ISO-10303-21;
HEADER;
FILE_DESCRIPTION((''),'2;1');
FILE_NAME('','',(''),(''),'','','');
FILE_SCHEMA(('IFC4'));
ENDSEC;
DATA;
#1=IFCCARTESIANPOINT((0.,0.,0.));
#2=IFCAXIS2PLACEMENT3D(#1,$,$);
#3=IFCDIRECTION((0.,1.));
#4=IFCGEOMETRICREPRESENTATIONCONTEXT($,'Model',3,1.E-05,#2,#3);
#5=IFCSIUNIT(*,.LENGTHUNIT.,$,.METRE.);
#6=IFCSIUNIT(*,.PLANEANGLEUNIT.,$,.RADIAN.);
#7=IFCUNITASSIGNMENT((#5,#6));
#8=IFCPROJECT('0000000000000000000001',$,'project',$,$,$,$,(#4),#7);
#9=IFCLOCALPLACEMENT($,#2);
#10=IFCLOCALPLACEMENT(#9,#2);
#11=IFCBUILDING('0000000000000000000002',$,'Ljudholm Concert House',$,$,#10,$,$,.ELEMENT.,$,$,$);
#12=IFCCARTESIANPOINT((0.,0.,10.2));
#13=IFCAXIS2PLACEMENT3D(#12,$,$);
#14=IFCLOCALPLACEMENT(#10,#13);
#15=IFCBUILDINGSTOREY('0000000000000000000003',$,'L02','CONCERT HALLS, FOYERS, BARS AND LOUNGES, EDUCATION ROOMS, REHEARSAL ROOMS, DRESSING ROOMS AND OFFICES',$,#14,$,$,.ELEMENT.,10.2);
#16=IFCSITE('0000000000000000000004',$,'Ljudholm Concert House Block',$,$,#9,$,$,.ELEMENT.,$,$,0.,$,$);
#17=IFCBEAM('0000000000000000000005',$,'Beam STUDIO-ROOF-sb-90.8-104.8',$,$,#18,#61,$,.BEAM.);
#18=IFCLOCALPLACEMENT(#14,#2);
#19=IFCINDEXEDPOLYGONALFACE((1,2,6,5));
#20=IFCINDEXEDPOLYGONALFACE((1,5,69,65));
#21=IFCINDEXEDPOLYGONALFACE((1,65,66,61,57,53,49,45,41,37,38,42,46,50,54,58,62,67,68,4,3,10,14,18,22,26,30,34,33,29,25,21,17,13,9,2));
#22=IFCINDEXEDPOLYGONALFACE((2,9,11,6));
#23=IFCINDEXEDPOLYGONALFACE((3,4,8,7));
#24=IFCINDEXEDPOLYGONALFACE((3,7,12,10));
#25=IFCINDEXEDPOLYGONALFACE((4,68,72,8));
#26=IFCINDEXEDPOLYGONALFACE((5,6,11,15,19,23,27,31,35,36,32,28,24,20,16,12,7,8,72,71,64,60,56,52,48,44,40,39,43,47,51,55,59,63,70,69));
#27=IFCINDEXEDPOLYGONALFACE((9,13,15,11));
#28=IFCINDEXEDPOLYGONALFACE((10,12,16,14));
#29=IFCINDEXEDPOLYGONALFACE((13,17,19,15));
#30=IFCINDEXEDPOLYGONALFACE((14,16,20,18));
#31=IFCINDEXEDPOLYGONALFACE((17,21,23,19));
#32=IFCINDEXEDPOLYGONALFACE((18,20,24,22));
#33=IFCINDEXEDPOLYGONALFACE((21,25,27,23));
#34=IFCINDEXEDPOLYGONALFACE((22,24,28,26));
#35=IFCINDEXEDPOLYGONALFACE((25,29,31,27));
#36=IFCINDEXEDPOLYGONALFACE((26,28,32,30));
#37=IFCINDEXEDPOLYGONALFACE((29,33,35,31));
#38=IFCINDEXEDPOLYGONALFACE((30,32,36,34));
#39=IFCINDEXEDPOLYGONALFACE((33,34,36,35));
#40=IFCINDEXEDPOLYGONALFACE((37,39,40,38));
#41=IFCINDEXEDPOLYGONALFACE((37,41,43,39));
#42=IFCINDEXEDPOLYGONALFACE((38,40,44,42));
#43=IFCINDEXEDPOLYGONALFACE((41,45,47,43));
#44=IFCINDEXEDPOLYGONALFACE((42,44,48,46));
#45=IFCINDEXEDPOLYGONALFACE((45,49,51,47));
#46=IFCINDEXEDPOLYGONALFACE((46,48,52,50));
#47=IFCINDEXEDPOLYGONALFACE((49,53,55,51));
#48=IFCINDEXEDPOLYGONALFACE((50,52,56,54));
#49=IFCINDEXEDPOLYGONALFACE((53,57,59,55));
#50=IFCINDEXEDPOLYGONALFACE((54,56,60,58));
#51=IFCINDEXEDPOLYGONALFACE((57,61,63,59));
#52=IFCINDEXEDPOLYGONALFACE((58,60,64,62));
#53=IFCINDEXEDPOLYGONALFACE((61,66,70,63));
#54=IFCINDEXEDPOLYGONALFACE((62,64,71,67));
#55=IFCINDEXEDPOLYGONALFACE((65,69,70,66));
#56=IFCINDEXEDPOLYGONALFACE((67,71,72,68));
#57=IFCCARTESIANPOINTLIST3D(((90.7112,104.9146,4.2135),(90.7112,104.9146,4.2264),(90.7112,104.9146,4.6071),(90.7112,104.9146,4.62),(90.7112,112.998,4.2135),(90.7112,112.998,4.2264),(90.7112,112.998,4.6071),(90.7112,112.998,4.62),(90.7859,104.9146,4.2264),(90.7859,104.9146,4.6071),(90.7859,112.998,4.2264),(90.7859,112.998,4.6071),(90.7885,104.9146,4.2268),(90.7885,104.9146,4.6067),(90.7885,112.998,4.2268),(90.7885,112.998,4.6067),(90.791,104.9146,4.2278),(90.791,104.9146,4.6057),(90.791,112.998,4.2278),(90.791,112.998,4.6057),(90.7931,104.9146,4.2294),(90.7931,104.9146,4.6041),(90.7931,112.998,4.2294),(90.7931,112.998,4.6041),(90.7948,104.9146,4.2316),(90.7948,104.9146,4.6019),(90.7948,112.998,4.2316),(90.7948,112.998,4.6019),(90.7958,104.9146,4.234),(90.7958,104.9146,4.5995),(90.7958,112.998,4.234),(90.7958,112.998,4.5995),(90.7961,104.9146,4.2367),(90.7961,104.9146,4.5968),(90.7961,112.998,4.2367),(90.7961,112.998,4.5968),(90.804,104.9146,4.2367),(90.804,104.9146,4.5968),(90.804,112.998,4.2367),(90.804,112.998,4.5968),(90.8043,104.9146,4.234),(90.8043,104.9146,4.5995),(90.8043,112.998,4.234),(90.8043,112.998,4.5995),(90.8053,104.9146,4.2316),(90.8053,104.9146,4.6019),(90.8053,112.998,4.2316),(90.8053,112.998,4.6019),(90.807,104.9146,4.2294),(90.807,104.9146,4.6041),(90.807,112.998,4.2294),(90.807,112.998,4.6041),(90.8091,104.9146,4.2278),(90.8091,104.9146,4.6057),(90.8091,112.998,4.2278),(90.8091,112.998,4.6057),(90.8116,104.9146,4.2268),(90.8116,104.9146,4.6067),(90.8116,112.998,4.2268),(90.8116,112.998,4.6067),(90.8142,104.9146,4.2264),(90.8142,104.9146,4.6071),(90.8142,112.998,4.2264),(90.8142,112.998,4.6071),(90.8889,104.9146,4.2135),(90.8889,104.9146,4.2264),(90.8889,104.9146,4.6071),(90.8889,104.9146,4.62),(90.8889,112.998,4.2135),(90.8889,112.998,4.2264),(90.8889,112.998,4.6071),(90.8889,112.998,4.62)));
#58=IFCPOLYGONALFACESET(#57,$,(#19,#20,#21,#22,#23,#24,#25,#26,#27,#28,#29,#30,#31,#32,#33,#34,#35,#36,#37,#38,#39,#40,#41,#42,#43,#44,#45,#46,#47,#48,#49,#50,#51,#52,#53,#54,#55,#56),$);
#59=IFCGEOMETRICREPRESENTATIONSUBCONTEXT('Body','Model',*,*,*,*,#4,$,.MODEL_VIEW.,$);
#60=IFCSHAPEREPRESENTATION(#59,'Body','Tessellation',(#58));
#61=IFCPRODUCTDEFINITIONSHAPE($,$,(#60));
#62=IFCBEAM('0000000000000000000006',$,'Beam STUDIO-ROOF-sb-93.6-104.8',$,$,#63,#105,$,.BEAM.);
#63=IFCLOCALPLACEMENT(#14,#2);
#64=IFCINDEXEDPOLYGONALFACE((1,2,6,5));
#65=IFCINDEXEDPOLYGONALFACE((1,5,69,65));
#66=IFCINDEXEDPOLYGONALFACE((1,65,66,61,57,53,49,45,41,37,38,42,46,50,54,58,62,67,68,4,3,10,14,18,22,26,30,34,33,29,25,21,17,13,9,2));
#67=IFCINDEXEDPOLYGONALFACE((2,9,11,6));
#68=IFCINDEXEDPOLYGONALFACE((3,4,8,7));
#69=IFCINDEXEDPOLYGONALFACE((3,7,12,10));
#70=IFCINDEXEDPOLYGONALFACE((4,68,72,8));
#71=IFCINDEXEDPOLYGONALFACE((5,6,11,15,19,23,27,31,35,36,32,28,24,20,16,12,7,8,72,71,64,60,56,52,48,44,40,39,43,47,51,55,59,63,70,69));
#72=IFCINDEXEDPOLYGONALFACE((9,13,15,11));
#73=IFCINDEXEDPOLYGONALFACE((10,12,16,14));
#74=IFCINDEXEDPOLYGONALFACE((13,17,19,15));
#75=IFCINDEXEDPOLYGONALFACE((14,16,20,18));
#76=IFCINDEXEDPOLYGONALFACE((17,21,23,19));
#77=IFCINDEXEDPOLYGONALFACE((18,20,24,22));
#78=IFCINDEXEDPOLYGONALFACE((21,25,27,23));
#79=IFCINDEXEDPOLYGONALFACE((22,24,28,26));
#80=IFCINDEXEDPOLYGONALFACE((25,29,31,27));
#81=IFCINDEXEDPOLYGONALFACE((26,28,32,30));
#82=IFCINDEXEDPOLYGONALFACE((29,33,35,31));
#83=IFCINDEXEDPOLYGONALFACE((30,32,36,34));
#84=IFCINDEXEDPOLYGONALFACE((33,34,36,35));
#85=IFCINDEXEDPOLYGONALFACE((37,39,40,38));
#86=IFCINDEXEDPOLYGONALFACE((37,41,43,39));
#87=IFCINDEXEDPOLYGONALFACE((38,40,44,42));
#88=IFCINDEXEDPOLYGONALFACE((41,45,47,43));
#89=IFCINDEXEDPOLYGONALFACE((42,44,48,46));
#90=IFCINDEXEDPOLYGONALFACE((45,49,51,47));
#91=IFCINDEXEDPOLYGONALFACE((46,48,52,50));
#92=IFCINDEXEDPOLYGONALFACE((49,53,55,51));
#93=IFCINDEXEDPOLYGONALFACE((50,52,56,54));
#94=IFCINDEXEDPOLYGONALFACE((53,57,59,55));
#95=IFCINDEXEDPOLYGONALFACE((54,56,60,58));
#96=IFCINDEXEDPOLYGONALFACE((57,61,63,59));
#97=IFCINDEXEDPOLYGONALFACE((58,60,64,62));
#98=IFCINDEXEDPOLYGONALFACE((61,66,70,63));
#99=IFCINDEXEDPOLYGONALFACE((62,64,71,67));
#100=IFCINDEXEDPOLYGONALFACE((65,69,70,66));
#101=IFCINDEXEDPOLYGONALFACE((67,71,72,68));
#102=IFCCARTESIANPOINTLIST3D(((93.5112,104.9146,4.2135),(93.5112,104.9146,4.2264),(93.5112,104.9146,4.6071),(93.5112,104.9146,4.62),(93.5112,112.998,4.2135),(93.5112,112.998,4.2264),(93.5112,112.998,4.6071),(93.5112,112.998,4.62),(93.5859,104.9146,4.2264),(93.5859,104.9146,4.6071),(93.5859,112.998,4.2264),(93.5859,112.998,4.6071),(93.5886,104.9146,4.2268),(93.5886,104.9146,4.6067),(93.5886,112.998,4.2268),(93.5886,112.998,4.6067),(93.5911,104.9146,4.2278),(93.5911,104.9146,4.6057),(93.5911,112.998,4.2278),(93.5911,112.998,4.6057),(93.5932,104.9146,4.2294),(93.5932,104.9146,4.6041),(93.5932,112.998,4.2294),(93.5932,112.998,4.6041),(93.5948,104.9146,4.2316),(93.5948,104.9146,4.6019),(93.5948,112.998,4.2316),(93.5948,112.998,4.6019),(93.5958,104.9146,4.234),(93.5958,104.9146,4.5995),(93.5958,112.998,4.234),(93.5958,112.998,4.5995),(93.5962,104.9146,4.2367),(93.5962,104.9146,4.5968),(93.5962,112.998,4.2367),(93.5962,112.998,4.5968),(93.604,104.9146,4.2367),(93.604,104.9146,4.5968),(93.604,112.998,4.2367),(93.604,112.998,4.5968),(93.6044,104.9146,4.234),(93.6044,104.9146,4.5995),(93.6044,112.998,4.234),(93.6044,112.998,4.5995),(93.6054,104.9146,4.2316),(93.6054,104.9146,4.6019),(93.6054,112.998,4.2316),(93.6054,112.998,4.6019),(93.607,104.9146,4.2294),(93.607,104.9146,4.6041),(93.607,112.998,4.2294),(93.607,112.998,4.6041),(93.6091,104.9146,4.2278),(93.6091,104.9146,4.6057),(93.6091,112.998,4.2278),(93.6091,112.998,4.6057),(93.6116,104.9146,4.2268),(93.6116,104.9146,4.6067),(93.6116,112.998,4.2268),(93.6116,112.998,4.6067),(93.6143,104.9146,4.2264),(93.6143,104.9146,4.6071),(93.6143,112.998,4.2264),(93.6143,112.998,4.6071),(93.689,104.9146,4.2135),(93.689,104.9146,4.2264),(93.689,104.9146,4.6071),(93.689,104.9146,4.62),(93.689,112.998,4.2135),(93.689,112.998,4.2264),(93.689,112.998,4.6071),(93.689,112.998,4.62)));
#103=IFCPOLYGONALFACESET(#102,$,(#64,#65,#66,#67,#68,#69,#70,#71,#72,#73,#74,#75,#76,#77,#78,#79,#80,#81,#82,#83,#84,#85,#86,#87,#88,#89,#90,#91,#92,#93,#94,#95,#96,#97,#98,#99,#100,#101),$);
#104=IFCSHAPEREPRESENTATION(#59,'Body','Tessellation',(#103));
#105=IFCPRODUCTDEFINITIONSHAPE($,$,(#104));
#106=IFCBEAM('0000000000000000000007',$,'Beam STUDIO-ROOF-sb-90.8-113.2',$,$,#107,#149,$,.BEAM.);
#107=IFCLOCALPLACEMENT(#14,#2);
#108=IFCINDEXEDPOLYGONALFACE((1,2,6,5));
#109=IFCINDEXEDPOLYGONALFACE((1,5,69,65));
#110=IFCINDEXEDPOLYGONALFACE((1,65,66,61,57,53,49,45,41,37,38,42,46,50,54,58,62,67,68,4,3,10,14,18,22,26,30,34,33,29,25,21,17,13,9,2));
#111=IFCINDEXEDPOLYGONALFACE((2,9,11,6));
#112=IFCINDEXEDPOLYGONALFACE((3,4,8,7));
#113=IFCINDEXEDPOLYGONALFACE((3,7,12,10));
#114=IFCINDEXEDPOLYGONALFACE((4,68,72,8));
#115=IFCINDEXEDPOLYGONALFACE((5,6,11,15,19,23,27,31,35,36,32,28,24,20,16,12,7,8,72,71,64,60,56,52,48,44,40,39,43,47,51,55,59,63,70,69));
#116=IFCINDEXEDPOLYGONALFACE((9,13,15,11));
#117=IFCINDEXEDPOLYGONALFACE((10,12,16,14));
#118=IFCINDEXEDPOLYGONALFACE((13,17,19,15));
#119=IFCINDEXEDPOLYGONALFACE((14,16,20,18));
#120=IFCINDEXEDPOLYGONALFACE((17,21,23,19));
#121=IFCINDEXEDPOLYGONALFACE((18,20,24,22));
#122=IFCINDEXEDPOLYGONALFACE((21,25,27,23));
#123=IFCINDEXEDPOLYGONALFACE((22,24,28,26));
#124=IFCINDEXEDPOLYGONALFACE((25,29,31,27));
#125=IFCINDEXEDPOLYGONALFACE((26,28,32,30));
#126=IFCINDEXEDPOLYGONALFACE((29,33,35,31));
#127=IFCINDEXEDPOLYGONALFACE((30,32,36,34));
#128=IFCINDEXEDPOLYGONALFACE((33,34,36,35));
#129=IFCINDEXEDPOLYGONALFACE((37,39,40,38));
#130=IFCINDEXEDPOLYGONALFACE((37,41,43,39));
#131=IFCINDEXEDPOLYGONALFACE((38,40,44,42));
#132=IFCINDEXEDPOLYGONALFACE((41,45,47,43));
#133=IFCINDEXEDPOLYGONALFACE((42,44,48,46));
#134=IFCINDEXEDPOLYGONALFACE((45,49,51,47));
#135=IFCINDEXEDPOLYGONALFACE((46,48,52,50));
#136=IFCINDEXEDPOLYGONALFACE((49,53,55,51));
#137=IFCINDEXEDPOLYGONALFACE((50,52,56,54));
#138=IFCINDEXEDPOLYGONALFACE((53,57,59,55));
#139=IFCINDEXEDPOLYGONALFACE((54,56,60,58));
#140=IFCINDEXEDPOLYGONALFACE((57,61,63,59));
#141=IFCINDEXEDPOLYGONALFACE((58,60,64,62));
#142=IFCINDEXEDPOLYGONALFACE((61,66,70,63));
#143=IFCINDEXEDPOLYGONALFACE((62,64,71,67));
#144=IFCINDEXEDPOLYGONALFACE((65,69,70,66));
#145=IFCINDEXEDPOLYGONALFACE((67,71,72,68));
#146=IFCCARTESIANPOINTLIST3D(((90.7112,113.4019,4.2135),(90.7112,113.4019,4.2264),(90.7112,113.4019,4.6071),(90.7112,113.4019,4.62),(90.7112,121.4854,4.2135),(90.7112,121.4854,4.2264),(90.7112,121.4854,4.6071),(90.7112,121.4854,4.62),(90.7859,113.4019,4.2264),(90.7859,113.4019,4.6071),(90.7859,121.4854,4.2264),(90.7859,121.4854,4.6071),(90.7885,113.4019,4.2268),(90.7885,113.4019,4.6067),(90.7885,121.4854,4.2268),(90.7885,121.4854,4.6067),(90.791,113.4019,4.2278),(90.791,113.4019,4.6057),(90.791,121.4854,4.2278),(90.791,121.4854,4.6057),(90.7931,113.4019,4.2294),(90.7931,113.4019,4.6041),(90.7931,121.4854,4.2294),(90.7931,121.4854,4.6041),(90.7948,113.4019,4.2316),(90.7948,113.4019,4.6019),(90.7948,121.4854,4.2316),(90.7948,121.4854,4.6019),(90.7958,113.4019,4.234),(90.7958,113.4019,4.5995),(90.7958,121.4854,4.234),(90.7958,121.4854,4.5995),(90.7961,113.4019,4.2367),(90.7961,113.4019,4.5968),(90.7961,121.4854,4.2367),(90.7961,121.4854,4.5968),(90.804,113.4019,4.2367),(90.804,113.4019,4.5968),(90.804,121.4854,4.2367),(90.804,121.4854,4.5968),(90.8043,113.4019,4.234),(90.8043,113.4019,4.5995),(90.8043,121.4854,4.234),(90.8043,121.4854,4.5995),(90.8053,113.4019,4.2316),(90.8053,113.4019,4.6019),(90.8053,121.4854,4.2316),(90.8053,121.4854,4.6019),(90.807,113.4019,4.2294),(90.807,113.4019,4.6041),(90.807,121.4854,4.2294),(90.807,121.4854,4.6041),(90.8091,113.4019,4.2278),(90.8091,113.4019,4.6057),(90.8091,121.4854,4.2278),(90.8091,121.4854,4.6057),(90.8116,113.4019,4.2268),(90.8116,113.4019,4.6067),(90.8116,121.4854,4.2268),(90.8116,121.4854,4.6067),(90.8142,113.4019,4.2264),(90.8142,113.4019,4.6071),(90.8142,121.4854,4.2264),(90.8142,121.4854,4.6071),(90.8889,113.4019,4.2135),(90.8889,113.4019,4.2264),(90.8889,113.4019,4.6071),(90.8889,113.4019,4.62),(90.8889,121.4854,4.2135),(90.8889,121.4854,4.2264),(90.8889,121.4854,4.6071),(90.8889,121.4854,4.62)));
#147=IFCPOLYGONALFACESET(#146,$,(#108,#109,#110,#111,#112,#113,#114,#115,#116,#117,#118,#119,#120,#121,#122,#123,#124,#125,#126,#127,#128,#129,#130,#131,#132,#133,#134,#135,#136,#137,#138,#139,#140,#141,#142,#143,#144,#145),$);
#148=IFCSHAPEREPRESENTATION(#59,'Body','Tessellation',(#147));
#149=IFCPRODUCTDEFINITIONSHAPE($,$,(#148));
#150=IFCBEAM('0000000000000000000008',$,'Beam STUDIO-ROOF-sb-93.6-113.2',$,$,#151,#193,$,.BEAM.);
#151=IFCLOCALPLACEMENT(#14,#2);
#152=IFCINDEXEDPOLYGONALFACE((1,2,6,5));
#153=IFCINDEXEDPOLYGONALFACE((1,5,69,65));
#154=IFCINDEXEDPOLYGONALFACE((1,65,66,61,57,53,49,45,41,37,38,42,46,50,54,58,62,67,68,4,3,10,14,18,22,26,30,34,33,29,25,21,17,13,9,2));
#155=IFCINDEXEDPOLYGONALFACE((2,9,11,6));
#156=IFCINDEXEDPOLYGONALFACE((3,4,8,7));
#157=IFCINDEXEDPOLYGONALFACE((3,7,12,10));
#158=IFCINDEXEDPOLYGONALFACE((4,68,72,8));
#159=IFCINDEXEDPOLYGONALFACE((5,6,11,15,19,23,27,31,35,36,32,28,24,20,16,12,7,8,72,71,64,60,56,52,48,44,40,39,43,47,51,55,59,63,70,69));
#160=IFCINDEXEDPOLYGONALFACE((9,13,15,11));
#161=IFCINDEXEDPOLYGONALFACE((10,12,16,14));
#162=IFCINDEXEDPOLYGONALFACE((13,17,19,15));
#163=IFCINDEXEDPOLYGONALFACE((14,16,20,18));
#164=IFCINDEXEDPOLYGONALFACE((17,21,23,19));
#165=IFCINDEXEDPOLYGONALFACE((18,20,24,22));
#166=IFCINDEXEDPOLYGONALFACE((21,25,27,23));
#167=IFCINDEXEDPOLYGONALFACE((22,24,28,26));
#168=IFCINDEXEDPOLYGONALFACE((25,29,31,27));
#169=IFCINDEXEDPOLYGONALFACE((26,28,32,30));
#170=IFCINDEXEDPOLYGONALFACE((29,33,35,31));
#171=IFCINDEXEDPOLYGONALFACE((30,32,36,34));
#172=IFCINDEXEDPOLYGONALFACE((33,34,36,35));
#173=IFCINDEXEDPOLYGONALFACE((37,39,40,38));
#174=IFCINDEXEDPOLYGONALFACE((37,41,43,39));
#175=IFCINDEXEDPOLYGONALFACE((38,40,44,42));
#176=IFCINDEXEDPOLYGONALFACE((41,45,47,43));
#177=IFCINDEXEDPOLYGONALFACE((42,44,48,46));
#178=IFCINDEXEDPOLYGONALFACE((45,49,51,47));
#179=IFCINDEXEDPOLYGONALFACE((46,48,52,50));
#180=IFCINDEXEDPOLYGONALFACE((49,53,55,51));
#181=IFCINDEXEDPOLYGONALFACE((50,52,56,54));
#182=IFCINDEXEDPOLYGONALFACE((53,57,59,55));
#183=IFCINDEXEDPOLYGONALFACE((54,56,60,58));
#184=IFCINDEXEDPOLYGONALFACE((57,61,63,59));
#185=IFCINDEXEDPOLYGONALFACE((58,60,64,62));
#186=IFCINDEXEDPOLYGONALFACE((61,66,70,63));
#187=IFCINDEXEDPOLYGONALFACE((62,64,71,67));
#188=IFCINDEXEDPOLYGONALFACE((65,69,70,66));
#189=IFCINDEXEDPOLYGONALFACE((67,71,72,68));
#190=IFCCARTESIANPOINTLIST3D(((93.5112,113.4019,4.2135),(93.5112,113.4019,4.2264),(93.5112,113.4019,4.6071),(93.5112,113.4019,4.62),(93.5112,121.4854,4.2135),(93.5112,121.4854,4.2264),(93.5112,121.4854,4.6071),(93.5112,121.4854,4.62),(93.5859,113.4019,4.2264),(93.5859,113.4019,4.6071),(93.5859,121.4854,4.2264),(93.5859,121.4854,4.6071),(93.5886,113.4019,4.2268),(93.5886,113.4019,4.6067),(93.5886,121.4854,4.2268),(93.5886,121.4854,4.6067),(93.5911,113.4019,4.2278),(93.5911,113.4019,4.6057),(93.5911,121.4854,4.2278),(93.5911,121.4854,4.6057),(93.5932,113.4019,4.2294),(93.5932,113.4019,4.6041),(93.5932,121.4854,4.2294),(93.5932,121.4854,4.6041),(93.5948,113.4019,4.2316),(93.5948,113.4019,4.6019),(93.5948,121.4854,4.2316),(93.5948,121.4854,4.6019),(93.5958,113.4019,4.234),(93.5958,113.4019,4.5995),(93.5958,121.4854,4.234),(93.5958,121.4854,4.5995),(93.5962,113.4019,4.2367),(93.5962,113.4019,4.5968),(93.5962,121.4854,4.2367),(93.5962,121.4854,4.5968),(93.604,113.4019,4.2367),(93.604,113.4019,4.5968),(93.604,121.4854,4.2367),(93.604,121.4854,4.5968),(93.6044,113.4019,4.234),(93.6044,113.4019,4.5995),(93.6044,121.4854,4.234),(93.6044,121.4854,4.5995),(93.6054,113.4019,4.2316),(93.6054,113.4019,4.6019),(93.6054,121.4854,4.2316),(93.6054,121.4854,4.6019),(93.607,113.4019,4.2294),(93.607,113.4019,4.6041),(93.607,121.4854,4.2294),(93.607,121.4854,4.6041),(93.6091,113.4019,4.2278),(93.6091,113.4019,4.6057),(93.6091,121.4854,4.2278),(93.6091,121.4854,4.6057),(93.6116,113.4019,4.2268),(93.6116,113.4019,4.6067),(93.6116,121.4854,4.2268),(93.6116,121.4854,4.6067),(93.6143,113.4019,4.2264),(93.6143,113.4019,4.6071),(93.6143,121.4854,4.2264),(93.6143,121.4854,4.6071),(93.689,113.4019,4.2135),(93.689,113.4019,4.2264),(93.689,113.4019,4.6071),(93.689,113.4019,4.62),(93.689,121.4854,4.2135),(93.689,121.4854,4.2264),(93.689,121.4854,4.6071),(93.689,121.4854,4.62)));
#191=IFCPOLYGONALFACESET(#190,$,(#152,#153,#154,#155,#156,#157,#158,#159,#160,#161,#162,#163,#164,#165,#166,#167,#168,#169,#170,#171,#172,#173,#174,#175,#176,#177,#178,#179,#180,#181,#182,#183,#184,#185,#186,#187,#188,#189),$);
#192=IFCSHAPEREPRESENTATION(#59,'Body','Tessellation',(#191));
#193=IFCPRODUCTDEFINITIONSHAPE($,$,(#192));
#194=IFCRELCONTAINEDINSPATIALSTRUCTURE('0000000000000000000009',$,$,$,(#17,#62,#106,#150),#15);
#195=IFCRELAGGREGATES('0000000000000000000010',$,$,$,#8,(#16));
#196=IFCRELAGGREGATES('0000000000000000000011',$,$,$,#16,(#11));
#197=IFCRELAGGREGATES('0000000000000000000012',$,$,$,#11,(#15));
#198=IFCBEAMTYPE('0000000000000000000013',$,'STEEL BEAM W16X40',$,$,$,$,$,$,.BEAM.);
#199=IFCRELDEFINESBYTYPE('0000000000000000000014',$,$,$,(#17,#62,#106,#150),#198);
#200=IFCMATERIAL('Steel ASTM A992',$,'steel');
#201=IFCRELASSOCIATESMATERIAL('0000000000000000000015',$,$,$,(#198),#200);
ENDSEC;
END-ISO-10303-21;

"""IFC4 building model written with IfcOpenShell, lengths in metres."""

from ifc_helpers import new_model, si_unit, direction, frame, origin, origin_2d, place, context, subcontext, project, spatial, i_section, extrude, material, material_profile, profile_set, type_object, element, save


model = new_model("IFC4")

# Units and contexts
model_context = context("Model", 3, precision=1e-05, world=origin(), true_north=direction((0.0, 1.0)))
body_context = subcontext(model_context, "Body", "Model", "MODEL_VIEW")
ifc_project = project(units=[si_unit("LENGTHUNIT", "METRE"), si_unit("PLANEANGLEUNIT", "RADIAN")], contexts=[model_context])

# Site, building, storey
site_placement = place(None, origin())
site = spatial("IfcSite", under=ifc_project, at=site_placement, Name="Ljudholm Concert House Block", CompositionType="ELEMENT", RefElevation=0.0)
building_placement = place(site_placement, origin())
building = spatial("IfcBuilding", under=site, at=building_placement, Name="Ljudholm Concert House", CompositionType="ELEMENT")
storey_placement = place(building_placement, frame((0.0, 0.0, 10.2)))
storey = spatial("IfcBuildingStorey", under=building, at=storey_placement, Name="L02", Description="CONCERT HALLS, FOYERS, BARS AND LOUNGES, EDUCATION ROOMS, REHEARSAL ROOMS, DRESSING ROOMS AND OFFICES", CompositionType="ELEMENT", Elevation=10.2)

# Beams
ifc_material_1 = material(Name="Steel ASTM A992", Category="steel")
ifc_material_profile_1 = material_profile(ifc_material_1, i_section(OverallWidth=0.1777, OverallDepth=0.4065, WebThickness=0.0078, FlangeThickness=0.0129, FilletRadius=0.0103, at=origin_2d()), Name="W16X40")
ifc_profile_set_1 = profile_set([ifc_material_profile_1], Name="Steel ASTM A992")
beam_type_1 = type_object("IfcBeamType", Name="STEEL BEAM W16X40", PredefinedType="BEAM", material=ifc_profile_set_1)
for number, where, z_axis, x_axis, name in (
    (1, (90.8, 104.9146, 4.4167), (0.0, 1.0, 0.0), (-1.0, 0.0, 0.0), "Beam STUDIO-ROOF-sb-90.8-104.8"),
    (2, (93.6001, 104.9146, 4.4167), (0.0, 1.0, 0.0), (-1.0, 0.0, 0.0), "Beam STUDIO-ROOF-sb-93.6-104.8"),
    (3, (90.8, 113.4019, 4.4167), (0.0, 1.0, 0.0), (-1.0, 0.0, 0.0), "Beam STUDIO-ROOF-sb-90.8-113.2"),
    (4, (93.6001, 113.4019, 4.4167), (0.0, 1.0, 0.0), (-1.0, 0.0, 0.0), "Beam STUDIO-ROOF-sb-93.6-113.2"),
):
    element("IfcBeam", number, at=place(storey_placement, frame(where, z_axis=z_axis, x_axis=x_axis)), inside=storey, type_object=beam_type_1, Name=name, PredefinedType="BEAM", context=body_context, shape_type="SweptSolid", body=[
        extrude(i_section(OverallWidth=0.1777, OverallDepth=0.4065, WebThickness=0.0078, FlangeThickness=0.0129, FilletRadius=0.0103, at=origin_2d()), origin(), (0.0, 0.0, 1.0), 8.0835),
    ])

save(model, "model.ifc")
